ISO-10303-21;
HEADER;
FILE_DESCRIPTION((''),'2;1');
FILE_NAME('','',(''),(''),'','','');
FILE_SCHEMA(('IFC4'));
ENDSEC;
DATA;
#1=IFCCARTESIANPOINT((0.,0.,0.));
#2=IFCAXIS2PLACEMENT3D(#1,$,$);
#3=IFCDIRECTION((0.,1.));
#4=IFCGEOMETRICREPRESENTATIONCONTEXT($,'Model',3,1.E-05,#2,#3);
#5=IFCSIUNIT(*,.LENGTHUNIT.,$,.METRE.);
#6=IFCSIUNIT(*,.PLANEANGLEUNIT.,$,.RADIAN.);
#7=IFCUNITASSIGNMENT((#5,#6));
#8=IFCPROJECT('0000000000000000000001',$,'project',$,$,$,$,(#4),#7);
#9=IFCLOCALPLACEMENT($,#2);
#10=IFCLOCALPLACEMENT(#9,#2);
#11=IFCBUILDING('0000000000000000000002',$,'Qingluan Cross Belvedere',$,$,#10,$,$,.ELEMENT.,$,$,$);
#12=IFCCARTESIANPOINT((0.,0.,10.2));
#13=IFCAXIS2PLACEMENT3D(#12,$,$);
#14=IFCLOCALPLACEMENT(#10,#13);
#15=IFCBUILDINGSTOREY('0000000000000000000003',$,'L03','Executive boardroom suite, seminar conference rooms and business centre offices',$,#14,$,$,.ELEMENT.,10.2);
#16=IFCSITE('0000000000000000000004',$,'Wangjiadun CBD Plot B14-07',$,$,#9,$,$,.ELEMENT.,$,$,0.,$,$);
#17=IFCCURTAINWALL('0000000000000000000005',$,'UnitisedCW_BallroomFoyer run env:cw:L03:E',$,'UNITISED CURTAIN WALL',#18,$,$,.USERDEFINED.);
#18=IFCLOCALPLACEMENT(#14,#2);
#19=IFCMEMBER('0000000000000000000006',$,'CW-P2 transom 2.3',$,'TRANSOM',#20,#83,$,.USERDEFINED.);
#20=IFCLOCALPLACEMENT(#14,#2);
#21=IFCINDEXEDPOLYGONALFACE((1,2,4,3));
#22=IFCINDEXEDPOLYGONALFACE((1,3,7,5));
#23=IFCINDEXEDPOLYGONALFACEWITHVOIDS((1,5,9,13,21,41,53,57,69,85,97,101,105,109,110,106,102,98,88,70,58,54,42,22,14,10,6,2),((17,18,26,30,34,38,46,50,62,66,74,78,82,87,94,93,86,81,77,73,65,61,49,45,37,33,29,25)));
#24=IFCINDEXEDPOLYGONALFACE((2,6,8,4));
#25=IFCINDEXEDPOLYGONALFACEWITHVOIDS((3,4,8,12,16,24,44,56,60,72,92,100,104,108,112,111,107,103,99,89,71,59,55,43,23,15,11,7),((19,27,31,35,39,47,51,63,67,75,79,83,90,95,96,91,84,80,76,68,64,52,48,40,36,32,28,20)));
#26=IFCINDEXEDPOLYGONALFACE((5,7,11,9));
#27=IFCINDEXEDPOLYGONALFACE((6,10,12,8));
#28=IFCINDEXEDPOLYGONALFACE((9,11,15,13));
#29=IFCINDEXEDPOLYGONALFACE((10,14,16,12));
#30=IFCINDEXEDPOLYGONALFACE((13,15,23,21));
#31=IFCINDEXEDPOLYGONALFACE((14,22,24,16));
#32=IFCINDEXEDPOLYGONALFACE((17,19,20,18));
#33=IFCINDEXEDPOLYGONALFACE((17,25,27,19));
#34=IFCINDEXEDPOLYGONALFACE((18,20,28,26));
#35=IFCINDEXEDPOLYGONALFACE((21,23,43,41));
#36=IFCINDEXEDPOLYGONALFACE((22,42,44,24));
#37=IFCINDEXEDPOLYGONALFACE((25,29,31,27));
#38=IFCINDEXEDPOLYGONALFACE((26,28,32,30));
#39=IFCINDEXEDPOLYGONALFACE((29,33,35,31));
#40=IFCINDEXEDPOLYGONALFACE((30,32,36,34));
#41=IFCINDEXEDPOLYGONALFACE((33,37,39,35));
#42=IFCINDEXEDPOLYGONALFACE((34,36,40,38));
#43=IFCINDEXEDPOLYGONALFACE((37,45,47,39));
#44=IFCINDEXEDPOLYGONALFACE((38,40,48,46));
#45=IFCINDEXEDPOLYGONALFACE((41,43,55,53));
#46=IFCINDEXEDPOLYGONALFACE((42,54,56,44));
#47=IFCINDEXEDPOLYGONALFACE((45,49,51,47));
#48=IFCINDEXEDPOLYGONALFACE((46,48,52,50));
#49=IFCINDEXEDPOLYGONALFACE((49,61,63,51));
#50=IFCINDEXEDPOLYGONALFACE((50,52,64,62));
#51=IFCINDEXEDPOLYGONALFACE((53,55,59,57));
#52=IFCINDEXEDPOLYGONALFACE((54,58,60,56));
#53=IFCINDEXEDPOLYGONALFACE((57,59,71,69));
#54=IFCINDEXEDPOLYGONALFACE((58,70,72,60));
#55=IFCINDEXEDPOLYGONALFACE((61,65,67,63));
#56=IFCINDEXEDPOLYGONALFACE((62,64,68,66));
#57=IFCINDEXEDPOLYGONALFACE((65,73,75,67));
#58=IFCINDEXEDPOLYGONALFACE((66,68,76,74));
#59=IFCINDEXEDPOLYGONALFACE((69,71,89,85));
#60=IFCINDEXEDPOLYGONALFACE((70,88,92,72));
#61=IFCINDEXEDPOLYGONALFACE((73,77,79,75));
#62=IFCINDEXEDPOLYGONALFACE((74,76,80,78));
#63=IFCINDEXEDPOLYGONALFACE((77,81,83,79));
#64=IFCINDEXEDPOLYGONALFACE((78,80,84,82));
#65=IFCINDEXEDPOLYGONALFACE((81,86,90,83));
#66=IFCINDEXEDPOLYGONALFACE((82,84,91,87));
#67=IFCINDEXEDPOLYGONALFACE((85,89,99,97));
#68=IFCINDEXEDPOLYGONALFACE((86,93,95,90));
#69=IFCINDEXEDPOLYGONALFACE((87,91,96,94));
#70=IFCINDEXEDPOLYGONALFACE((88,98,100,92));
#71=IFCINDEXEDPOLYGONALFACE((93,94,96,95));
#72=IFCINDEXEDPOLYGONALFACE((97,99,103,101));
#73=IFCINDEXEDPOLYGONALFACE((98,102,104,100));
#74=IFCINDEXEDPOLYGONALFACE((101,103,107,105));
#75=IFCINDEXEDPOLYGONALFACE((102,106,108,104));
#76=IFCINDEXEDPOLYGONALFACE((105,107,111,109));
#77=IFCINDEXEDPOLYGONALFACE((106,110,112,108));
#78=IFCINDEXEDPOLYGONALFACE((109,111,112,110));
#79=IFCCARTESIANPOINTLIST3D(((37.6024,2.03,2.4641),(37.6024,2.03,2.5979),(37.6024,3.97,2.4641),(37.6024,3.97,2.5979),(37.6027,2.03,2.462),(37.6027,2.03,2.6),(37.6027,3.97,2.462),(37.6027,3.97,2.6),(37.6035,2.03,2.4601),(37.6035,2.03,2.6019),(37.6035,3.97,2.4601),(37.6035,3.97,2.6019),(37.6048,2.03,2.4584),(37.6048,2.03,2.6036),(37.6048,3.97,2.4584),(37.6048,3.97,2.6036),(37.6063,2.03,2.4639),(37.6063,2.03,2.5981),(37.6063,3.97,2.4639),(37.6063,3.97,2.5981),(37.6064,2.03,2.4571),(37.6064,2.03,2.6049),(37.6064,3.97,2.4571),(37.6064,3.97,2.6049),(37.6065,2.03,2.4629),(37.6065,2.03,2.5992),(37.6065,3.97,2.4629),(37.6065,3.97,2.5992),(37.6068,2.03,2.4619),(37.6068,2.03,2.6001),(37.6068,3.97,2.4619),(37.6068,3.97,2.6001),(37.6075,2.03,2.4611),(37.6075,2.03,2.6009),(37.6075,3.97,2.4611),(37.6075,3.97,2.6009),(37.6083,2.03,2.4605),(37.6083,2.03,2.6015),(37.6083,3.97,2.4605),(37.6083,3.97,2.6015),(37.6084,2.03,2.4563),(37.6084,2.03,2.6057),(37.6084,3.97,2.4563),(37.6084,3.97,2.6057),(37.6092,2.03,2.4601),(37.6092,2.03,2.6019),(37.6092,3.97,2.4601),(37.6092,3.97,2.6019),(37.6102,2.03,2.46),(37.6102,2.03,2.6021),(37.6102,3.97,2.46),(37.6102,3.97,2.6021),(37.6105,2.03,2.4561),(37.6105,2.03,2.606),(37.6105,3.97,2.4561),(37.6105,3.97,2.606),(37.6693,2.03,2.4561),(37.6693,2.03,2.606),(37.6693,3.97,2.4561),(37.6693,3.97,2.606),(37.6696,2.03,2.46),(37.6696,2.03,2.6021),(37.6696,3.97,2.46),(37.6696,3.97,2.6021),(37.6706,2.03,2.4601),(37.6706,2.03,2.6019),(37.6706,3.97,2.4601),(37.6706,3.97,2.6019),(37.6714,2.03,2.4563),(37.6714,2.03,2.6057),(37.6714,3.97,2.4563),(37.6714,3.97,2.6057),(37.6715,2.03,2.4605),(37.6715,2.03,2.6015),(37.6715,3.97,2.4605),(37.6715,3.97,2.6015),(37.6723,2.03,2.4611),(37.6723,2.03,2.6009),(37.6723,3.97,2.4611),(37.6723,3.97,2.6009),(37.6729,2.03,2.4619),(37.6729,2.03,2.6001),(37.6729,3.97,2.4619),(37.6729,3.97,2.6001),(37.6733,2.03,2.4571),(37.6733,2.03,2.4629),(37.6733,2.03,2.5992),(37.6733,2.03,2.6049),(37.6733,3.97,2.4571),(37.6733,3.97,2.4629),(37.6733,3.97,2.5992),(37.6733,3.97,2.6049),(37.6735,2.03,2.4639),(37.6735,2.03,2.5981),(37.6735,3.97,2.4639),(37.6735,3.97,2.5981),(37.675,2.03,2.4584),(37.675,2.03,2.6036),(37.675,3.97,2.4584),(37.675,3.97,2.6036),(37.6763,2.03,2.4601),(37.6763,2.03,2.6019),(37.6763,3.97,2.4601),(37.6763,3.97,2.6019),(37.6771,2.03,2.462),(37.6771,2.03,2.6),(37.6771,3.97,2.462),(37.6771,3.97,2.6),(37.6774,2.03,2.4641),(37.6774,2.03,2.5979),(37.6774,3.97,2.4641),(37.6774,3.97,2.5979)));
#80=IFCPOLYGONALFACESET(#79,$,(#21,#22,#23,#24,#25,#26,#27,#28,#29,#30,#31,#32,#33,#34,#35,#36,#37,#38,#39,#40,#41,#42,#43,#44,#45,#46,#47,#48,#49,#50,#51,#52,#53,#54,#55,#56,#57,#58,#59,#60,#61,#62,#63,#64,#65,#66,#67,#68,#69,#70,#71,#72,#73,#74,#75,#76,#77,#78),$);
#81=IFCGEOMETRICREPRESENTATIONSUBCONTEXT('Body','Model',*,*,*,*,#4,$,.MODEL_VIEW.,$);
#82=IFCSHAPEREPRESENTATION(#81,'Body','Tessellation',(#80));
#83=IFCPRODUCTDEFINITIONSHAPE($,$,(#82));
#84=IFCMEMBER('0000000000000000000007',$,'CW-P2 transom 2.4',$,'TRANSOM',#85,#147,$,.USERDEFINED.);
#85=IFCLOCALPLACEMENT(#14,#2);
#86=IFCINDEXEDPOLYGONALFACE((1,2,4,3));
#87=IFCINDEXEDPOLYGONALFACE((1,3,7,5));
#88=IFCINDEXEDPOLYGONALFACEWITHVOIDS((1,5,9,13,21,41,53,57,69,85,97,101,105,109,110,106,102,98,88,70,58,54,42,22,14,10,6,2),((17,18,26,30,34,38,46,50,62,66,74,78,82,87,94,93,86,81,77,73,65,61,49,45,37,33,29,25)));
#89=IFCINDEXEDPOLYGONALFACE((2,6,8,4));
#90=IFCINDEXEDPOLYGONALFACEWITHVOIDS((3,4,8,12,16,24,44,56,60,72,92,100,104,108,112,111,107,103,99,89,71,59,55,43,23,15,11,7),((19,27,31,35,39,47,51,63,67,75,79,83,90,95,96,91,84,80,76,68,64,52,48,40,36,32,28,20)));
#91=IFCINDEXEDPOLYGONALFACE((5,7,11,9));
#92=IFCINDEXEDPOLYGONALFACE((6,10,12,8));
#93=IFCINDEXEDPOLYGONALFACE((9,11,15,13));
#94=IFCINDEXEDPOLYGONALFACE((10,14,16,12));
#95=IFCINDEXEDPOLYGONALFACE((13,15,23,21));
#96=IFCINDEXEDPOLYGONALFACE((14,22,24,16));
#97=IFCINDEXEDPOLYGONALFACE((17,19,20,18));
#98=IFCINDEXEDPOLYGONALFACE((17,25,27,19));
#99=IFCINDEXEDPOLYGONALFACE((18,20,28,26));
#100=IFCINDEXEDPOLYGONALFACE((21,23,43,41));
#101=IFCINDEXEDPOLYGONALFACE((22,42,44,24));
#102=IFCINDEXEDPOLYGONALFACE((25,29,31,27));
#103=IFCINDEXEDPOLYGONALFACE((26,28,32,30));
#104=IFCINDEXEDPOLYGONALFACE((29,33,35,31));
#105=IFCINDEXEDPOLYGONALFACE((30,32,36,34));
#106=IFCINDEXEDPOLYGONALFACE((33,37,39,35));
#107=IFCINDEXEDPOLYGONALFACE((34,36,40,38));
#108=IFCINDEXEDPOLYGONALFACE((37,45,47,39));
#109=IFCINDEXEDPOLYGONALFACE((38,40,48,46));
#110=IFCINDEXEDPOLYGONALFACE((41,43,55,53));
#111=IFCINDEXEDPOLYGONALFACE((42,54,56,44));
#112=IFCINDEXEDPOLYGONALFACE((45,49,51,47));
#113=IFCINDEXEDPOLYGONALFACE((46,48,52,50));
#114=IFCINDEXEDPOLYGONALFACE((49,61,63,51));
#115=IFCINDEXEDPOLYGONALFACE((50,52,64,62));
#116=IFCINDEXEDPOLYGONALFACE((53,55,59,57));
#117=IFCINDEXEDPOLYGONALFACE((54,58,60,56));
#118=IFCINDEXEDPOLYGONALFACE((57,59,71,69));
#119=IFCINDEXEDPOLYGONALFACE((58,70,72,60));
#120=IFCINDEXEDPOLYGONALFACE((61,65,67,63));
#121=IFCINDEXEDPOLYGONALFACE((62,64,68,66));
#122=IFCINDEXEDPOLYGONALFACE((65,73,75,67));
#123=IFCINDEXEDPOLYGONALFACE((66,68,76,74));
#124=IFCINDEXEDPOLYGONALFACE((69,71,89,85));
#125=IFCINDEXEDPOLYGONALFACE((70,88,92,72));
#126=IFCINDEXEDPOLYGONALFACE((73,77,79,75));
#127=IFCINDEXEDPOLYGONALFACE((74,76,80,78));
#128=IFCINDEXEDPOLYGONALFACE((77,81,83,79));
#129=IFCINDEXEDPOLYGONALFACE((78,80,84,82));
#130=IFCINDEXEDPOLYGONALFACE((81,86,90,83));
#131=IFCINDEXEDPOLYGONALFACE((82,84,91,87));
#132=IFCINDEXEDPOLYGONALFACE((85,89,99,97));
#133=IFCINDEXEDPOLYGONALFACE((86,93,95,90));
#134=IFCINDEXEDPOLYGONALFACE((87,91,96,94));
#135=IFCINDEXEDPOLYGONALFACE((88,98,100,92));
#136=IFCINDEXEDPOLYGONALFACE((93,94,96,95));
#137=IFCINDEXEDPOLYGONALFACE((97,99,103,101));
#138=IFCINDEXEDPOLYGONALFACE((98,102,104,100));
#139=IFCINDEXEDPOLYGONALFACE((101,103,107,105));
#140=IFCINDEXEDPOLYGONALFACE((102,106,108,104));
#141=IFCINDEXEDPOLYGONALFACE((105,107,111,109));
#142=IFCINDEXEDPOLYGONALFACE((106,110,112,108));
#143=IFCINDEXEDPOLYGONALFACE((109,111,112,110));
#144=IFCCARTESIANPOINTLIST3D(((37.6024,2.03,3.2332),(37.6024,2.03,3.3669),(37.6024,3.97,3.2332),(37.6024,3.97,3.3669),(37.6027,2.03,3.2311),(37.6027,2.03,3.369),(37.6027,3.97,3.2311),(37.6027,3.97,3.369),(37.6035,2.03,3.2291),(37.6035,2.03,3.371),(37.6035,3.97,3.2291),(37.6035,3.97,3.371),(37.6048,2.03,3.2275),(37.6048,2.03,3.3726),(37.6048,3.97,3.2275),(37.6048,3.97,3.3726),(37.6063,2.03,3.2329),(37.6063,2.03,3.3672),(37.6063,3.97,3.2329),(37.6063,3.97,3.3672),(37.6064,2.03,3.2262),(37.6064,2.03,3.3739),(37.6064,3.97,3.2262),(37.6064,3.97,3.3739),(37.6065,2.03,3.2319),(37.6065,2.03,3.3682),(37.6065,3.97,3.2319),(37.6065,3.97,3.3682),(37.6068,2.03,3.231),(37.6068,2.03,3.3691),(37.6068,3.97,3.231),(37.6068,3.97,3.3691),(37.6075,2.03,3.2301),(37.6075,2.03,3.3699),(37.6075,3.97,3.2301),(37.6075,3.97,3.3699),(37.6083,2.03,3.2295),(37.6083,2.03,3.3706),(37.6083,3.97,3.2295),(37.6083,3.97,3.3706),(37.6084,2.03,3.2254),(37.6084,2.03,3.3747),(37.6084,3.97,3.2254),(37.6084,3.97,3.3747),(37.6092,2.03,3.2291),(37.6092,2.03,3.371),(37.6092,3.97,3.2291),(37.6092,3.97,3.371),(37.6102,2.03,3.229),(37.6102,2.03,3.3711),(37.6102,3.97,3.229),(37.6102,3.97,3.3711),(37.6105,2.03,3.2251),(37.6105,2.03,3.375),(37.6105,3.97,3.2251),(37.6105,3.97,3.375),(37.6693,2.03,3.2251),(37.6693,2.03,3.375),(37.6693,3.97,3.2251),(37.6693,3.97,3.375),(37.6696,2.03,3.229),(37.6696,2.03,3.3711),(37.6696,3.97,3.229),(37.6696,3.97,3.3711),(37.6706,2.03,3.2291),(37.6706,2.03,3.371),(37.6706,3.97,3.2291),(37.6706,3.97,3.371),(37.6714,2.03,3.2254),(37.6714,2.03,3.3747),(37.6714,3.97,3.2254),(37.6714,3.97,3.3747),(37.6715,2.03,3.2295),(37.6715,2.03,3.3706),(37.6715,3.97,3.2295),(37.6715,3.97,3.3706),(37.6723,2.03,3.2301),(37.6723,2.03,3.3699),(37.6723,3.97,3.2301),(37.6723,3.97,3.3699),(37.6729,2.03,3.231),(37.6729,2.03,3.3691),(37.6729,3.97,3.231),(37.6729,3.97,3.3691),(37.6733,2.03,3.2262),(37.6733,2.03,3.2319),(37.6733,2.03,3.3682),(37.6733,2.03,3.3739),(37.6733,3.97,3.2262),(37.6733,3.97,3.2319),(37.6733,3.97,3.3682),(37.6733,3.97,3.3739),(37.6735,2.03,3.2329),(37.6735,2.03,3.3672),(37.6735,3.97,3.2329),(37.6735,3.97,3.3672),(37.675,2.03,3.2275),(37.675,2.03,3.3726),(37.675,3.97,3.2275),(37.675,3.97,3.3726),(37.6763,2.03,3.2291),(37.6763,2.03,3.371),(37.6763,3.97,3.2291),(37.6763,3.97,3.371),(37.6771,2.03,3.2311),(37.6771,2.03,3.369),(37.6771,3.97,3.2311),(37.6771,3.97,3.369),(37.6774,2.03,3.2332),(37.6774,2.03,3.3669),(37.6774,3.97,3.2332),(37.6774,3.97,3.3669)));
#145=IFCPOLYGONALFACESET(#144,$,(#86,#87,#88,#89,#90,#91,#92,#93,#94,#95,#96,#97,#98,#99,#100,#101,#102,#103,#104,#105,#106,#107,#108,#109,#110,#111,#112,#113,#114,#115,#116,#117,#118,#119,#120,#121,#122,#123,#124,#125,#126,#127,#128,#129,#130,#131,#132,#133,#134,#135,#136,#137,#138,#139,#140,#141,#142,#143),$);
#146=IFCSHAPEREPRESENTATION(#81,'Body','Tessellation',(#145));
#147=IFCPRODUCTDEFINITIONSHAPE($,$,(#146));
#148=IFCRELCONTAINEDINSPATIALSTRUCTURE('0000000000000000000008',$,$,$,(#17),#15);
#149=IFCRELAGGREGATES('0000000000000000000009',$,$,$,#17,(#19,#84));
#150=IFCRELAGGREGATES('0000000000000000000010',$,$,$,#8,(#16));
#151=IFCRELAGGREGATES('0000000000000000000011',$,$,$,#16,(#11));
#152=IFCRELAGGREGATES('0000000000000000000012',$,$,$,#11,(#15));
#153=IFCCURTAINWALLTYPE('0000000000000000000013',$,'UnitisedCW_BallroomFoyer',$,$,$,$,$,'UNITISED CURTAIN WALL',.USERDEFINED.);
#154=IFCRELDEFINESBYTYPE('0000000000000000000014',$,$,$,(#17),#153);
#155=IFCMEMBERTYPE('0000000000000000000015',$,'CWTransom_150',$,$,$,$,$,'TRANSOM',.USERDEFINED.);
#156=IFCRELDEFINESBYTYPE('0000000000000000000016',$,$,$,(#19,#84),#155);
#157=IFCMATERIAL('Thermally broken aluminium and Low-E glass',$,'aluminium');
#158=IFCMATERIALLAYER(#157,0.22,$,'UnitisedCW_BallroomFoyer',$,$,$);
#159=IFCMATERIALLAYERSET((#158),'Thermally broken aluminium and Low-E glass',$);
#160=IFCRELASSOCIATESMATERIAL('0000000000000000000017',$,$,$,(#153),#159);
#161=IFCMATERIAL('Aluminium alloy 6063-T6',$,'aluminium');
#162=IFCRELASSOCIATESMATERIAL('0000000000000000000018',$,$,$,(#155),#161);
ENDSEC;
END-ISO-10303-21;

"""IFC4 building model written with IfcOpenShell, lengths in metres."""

from ifc_helpers import new_model, si_unit, direction, frame, origin, origin_2d, place, context, subcontext, project, spatial, hollow_rectangle, extrude, material, layer, layer_set, material_profile, profile_set, type_object, element, aggregate, save


model = new_model("IFC4")

# Units and contexts
model_context = context("Model", 3, precision=1e-05, world=origin(), true_north=direction((0.0, 1.0)))
body_context = subcontext(model_context, "Body", "Model", "MODEL_VIEW")
ifc_project = project(units=[si_unit("LENGTHUNIT", "METRE"), si_unit("PLANEANGLEUNIT", "RADIAN")], contexts=[model_context])

# Site, building, storey
site_placement = place(None, origin())
site = spatial("IfcSite", under=ifc_project, at=site_placement, Name="Wangjiadun CBD Plot B14-07", CompositionType="ELEMENT", RefElevation=0.0)
building_placement = place(site_placement, origin())
building = spatial("IfcBuilding", under=site, at=building_placement, Name="Qingluan Cross Belvedere", CompositionType="ELEMENT")
storey_placement = place(building_placement, frame((0.0, 0.0, 10.2)))
storey = spatial("IfcBuildingStorey", under=building, at=storey_placement, Name="L03", Description="Executive boardroom suite, seminar conference rooms and business centre offices", CompositionType="ELEMENT", Elevation=10.2)

# Curtain wall, members
ifc_material_1 = material(Name="Thermally broken aluminium and Low-E glass", Category="aluminium")
ifc_layer_1 = layer(ifc_material_1, 0.22, Name="UnitisedCW_BallroomFoyer")
ifc_layer_set_1 = layer_set([ifc_layer_1], Name="Thermally broken aluminium and Low-E glass")
curtain_wall_type = type_object("IfcCurtainWallType", Name="UnitisedCW_BallroomFoyer", ElementType="UNITISED CURTAIN WALL", PredefinedType="USERDEFINED", material=ifc_layer_set_1)
curtain_wall_placement = place(storey_placement, origin())
curtain_wall = element("IfcCurtainWall", 1, at=curtain_wall_placement, inside=storey, type_object=curtain_wall_type, Name="UnitisedCW_BallroomFoyer run env:cw:L03:E", ObjectType="UNITISED CURTAIN WALL", PredefinedType="USERDEFINED")
ifc_material_2 = material(Name="Aluminium alloy 6063-T6", Category="aluminium")
ifc_material_profile_1 = material_profile(ifc_material_2, hollow_rectangle(XDim=0.075, YDim=0.1499, WallThickness=0.0039, InnerFilletRadius=0.0039, OuterFilletRadius=0.0081, at=origin_2d()), Name="CWT150x75x4")
ifc_profile_set_1 = profile_set([ifc_material_profile_1], Name="Aluminium alloy 6063-T6")
member_type_1 = type_object("IfcMemberType", Name="CWTransom_150", ElementType="TRANSOM", PredefinedType="USERDEFINED", material=ifc_profile_set_1)
member_1_placement = place(storey_placement, frame((37.6399, 3.97, 2.531), z_axis=(0.0, -1.0, 0.0), x_axis=(1.0, 0.0, 0.0)))
member_1 = element("IfcMember", 2, at=member_1_placement, type_object=member_type_1, Name="CW-P2 transom 2.3", ObjectType="TRANSOM", PredefinedType="USERDEFINED", context=body_context, shape_type="SweptSolid", body=[
    extrude(hollow_rectangle(XDim=0.075, YDim=0.1499, WallThickness=0.0039, InnerFilletRadius=0.0039, OuterFilletRadius=0.0081, at=origin_2d()), origin(), (0.0, 0.0, 1.0), 1.9399),
])
member_2_placement = place(storey_placement, frame((37.6399, 3.97, 3.3), z_axis=(0.0, -1.0, 0.0), x_axis=(1.0, 0.0, 0.0)))
member_2 = element("IfcMember", 3, at=member_2_placement, type_object=member_type_1, Name="CW-P2 transom 2.4", ObjectType="TRANSOM", PredefinedType="USERDEFINED", context=body_context, shape_type="SweptSolid", body=[
    extrude(hollow_rectangle(XDim=0.075, YDim=0.1499, WallThickness=0.0039, InnerFilletRadius=0.0039, OuterFilletRadius=0.0081, at=origin_2d()), origin(), (0.0, 0.0, 1.0), 1.9399),
])
aggregate(curtain_wall, [member_1, member_2])

save(model, "model.ifc")
